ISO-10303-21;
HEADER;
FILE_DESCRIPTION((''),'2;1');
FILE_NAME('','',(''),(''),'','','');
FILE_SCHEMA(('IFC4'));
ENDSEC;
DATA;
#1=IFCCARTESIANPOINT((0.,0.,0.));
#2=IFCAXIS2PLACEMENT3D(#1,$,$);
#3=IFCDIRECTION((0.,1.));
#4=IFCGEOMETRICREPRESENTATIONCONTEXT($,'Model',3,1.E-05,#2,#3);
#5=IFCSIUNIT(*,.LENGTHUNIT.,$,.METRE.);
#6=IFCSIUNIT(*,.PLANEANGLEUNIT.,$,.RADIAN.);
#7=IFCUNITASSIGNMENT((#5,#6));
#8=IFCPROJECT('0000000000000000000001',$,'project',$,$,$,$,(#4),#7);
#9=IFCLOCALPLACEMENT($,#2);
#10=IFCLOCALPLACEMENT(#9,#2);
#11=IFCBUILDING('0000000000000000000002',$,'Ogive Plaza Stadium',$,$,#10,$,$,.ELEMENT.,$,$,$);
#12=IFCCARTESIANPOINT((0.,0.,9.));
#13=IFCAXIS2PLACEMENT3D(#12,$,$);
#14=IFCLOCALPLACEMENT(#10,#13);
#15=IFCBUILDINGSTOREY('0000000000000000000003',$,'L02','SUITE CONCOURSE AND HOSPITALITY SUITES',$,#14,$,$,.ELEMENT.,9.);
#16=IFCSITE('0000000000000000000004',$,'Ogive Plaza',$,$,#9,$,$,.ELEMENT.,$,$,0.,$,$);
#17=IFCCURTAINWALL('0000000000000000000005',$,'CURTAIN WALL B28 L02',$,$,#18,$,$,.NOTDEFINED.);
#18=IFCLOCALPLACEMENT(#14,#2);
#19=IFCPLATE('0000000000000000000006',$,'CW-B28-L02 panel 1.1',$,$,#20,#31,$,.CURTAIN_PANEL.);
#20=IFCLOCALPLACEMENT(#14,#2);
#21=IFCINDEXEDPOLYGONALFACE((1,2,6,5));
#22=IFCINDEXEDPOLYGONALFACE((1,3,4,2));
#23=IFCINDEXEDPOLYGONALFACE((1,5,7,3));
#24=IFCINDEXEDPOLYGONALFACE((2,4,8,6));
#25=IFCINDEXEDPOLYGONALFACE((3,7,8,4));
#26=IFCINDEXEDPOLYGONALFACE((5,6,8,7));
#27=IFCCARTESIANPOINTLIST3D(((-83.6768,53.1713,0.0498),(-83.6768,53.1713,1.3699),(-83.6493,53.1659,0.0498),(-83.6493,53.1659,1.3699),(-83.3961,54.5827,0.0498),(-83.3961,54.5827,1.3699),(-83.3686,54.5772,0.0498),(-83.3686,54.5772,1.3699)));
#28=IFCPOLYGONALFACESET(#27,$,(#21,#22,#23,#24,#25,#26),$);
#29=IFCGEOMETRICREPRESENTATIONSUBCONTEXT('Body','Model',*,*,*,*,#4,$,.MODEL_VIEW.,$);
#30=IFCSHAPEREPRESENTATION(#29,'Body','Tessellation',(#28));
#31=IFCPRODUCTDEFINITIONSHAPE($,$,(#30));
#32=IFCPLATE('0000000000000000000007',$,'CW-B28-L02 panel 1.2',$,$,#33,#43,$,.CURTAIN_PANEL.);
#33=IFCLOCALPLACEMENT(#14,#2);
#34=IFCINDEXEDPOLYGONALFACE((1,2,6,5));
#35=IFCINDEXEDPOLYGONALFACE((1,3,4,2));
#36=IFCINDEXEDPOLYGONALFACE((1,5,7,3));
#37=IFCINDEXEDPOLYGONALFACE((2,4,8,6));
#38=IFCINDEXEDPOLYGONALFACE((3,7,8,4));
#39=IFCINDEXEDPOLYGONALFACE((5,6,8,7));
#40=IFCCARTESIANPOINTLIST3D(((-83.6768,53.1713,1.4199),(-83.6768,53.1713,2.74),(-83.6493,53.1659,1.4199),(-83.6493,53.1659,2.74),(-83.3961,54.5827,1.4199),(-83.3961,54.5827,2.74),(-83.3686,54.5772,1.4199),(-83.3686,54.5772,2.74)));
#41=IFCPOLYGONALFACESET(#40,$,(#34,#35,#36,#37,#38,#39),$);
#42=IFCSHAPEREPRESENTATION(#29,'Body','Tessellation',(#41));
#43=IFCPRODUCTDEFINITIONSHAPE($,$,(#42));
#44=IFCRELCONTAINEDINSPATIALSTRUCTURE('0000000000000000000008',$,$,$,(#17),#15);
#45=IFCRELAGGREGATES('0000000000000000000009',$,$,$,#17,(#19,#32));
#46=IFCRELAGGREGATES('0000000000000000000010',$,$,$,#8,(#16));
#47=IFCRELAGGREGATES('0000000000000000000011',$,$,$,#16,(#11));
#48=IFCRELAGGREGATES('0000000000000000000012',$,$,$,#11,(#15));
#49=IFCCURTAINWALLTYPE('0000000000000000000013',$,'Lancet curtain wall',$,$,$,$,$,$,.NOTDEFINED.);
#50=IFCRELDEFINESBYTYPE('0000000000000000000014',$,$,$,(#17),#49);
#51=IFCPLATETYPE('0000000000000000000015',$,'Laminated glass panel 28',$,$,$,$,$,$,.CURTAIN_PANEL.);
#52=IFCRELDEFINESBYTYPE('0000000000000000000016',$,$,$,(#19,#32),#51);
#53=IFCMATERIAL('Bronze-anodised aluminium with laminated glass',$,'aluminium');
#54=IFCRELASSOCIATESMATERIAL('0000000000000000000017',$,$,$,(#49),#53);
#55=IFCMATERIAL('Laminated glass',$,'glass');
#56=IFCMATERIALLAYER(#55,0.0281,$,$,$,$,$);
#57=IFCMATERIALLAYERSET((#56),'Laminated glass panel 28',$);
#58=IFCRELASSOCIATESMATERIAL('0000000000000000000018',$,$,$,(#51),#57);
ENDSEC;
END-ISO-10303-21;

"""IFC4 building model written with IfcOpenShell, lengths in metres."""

from ifc_helpers import new_model, si_unit, direction, frame, origin, origin_2d, place, context, subcontext, project, spatial, rectangle, extrude, material, layer, layer_set, type_object, element, aggregate, save


model = new_model("IFC4")

# Units and contexts
model_context = context("Model", 3, precision=1e-05, world=origin(), true_north=direction((0.0, 1.0)))
body_context = subcontext(model_context, "Body", "Model", "MODEL_VIEW")
ifc_project = project(units=[si_unit("LENGTHUNIT", "METRE"), si_unit("PLANEANGLEUNIT", "RADIAN")], contexts=[model_context])

# Site, building, storey
site_placement = place(None, origin())
site = spatial("IfcSite", under=ifc_project, at=site_placement, Name="Ogive Plaza", CompositionType="ELEMENT", RefElevation=0.0)
building_placement = place(site_placement, origin())
building = spatial("IfcBuilding", under=site, at=building_placement, Name="Ogive Plaza Stadium", CompositionType="ELEMENT")
storey_placement = place(building_placement, frame((0.0, 0.0, 9.0)))
storey = spatial("IfcBuildingStorey", under=building, at=storey_placement, Name="L02", Description="SUITE CONCOURSE AND HOSPITALITY SUITES", CompositionType="ELEMENT", Elevation=9.0)

# Curtain wall
ifc_material_1 = material(Name="Bronze-anodised aluminium with laminated glass", Category="aluminium")
curtain_wall_type = type_object("IfcCurtainWallType", Name="Lancet curtain wall", PredefinedType="NOTDEFINED", material=ifc_material_1)
curtain_wall_1_placement = place(storey_placement, origin())
curtain_wall_1 = element("IfcCurtainWall", 1, at=curtain_wall_1_placement, inside=storey, type_object=curtain_wall_type, Name="CURTAIN WALL B28 L02", PredefinedType="NOTDEFINED")

# Plates
ifc_material_2 = material(Name="Laminated glass", Category="glass")
ifc_layer = layer(ifc_material_2, 0.0281)
ifc_layer_set = layer_set([ifc_layer], Name="Laminated glass panel 28")
plate_type = type_object("IfcPlateType", Name="Laminated glass panel 28", PredefinedType="CURTAIN_PANEL", material=ifc_layer_set)
plate_1_placement = place(storey_placement, frame((-83.5227, 53.8743, 0.0498), z_axis=(0.0, 0.0, 1.0), x_axis=(0.19509, 0.980785, 0.0)))
plate_1 = element("IfcPlate", 2, at=plate_1_placement, type_object=plate_type, Name="CW-B28-L02 panel 1.1", PredefinedType="CURTAIN_PANEL", context=body_context, shape_type="SweptSolid", body=[
    extrude(rectangle(XDim=1.439, YDim=0.0281, at=origin_2d()), origin(), (0.0, 0.0, 1.0), 1.3201),
])
plate_2_placement = place(storey_placement, frame((-83.5227, 53.8743, 1.4199), z_axis=(0.0, 0.0, 1.0), x_axis=(0.19509, 0.980785, 0.0)))
plate_2 = element("IfcPlate", 3, at=plate_2_placement, type_object=plate_type, Name="CW-B28-L02 panel 1.2", PredefinedType="CURTAIN_PANEL", context=body_context, shape_type="SweptSolid", body=[
    extrude(rectangle(XDim=1.439, YDim=0.0281, at=origin_2d()), origin(), (0.0, 0.0, 1.0), 1.3201),
])
aggregate(curtain_wall_1, [plate_1, plate_2])

save(model, "model.ifc")
